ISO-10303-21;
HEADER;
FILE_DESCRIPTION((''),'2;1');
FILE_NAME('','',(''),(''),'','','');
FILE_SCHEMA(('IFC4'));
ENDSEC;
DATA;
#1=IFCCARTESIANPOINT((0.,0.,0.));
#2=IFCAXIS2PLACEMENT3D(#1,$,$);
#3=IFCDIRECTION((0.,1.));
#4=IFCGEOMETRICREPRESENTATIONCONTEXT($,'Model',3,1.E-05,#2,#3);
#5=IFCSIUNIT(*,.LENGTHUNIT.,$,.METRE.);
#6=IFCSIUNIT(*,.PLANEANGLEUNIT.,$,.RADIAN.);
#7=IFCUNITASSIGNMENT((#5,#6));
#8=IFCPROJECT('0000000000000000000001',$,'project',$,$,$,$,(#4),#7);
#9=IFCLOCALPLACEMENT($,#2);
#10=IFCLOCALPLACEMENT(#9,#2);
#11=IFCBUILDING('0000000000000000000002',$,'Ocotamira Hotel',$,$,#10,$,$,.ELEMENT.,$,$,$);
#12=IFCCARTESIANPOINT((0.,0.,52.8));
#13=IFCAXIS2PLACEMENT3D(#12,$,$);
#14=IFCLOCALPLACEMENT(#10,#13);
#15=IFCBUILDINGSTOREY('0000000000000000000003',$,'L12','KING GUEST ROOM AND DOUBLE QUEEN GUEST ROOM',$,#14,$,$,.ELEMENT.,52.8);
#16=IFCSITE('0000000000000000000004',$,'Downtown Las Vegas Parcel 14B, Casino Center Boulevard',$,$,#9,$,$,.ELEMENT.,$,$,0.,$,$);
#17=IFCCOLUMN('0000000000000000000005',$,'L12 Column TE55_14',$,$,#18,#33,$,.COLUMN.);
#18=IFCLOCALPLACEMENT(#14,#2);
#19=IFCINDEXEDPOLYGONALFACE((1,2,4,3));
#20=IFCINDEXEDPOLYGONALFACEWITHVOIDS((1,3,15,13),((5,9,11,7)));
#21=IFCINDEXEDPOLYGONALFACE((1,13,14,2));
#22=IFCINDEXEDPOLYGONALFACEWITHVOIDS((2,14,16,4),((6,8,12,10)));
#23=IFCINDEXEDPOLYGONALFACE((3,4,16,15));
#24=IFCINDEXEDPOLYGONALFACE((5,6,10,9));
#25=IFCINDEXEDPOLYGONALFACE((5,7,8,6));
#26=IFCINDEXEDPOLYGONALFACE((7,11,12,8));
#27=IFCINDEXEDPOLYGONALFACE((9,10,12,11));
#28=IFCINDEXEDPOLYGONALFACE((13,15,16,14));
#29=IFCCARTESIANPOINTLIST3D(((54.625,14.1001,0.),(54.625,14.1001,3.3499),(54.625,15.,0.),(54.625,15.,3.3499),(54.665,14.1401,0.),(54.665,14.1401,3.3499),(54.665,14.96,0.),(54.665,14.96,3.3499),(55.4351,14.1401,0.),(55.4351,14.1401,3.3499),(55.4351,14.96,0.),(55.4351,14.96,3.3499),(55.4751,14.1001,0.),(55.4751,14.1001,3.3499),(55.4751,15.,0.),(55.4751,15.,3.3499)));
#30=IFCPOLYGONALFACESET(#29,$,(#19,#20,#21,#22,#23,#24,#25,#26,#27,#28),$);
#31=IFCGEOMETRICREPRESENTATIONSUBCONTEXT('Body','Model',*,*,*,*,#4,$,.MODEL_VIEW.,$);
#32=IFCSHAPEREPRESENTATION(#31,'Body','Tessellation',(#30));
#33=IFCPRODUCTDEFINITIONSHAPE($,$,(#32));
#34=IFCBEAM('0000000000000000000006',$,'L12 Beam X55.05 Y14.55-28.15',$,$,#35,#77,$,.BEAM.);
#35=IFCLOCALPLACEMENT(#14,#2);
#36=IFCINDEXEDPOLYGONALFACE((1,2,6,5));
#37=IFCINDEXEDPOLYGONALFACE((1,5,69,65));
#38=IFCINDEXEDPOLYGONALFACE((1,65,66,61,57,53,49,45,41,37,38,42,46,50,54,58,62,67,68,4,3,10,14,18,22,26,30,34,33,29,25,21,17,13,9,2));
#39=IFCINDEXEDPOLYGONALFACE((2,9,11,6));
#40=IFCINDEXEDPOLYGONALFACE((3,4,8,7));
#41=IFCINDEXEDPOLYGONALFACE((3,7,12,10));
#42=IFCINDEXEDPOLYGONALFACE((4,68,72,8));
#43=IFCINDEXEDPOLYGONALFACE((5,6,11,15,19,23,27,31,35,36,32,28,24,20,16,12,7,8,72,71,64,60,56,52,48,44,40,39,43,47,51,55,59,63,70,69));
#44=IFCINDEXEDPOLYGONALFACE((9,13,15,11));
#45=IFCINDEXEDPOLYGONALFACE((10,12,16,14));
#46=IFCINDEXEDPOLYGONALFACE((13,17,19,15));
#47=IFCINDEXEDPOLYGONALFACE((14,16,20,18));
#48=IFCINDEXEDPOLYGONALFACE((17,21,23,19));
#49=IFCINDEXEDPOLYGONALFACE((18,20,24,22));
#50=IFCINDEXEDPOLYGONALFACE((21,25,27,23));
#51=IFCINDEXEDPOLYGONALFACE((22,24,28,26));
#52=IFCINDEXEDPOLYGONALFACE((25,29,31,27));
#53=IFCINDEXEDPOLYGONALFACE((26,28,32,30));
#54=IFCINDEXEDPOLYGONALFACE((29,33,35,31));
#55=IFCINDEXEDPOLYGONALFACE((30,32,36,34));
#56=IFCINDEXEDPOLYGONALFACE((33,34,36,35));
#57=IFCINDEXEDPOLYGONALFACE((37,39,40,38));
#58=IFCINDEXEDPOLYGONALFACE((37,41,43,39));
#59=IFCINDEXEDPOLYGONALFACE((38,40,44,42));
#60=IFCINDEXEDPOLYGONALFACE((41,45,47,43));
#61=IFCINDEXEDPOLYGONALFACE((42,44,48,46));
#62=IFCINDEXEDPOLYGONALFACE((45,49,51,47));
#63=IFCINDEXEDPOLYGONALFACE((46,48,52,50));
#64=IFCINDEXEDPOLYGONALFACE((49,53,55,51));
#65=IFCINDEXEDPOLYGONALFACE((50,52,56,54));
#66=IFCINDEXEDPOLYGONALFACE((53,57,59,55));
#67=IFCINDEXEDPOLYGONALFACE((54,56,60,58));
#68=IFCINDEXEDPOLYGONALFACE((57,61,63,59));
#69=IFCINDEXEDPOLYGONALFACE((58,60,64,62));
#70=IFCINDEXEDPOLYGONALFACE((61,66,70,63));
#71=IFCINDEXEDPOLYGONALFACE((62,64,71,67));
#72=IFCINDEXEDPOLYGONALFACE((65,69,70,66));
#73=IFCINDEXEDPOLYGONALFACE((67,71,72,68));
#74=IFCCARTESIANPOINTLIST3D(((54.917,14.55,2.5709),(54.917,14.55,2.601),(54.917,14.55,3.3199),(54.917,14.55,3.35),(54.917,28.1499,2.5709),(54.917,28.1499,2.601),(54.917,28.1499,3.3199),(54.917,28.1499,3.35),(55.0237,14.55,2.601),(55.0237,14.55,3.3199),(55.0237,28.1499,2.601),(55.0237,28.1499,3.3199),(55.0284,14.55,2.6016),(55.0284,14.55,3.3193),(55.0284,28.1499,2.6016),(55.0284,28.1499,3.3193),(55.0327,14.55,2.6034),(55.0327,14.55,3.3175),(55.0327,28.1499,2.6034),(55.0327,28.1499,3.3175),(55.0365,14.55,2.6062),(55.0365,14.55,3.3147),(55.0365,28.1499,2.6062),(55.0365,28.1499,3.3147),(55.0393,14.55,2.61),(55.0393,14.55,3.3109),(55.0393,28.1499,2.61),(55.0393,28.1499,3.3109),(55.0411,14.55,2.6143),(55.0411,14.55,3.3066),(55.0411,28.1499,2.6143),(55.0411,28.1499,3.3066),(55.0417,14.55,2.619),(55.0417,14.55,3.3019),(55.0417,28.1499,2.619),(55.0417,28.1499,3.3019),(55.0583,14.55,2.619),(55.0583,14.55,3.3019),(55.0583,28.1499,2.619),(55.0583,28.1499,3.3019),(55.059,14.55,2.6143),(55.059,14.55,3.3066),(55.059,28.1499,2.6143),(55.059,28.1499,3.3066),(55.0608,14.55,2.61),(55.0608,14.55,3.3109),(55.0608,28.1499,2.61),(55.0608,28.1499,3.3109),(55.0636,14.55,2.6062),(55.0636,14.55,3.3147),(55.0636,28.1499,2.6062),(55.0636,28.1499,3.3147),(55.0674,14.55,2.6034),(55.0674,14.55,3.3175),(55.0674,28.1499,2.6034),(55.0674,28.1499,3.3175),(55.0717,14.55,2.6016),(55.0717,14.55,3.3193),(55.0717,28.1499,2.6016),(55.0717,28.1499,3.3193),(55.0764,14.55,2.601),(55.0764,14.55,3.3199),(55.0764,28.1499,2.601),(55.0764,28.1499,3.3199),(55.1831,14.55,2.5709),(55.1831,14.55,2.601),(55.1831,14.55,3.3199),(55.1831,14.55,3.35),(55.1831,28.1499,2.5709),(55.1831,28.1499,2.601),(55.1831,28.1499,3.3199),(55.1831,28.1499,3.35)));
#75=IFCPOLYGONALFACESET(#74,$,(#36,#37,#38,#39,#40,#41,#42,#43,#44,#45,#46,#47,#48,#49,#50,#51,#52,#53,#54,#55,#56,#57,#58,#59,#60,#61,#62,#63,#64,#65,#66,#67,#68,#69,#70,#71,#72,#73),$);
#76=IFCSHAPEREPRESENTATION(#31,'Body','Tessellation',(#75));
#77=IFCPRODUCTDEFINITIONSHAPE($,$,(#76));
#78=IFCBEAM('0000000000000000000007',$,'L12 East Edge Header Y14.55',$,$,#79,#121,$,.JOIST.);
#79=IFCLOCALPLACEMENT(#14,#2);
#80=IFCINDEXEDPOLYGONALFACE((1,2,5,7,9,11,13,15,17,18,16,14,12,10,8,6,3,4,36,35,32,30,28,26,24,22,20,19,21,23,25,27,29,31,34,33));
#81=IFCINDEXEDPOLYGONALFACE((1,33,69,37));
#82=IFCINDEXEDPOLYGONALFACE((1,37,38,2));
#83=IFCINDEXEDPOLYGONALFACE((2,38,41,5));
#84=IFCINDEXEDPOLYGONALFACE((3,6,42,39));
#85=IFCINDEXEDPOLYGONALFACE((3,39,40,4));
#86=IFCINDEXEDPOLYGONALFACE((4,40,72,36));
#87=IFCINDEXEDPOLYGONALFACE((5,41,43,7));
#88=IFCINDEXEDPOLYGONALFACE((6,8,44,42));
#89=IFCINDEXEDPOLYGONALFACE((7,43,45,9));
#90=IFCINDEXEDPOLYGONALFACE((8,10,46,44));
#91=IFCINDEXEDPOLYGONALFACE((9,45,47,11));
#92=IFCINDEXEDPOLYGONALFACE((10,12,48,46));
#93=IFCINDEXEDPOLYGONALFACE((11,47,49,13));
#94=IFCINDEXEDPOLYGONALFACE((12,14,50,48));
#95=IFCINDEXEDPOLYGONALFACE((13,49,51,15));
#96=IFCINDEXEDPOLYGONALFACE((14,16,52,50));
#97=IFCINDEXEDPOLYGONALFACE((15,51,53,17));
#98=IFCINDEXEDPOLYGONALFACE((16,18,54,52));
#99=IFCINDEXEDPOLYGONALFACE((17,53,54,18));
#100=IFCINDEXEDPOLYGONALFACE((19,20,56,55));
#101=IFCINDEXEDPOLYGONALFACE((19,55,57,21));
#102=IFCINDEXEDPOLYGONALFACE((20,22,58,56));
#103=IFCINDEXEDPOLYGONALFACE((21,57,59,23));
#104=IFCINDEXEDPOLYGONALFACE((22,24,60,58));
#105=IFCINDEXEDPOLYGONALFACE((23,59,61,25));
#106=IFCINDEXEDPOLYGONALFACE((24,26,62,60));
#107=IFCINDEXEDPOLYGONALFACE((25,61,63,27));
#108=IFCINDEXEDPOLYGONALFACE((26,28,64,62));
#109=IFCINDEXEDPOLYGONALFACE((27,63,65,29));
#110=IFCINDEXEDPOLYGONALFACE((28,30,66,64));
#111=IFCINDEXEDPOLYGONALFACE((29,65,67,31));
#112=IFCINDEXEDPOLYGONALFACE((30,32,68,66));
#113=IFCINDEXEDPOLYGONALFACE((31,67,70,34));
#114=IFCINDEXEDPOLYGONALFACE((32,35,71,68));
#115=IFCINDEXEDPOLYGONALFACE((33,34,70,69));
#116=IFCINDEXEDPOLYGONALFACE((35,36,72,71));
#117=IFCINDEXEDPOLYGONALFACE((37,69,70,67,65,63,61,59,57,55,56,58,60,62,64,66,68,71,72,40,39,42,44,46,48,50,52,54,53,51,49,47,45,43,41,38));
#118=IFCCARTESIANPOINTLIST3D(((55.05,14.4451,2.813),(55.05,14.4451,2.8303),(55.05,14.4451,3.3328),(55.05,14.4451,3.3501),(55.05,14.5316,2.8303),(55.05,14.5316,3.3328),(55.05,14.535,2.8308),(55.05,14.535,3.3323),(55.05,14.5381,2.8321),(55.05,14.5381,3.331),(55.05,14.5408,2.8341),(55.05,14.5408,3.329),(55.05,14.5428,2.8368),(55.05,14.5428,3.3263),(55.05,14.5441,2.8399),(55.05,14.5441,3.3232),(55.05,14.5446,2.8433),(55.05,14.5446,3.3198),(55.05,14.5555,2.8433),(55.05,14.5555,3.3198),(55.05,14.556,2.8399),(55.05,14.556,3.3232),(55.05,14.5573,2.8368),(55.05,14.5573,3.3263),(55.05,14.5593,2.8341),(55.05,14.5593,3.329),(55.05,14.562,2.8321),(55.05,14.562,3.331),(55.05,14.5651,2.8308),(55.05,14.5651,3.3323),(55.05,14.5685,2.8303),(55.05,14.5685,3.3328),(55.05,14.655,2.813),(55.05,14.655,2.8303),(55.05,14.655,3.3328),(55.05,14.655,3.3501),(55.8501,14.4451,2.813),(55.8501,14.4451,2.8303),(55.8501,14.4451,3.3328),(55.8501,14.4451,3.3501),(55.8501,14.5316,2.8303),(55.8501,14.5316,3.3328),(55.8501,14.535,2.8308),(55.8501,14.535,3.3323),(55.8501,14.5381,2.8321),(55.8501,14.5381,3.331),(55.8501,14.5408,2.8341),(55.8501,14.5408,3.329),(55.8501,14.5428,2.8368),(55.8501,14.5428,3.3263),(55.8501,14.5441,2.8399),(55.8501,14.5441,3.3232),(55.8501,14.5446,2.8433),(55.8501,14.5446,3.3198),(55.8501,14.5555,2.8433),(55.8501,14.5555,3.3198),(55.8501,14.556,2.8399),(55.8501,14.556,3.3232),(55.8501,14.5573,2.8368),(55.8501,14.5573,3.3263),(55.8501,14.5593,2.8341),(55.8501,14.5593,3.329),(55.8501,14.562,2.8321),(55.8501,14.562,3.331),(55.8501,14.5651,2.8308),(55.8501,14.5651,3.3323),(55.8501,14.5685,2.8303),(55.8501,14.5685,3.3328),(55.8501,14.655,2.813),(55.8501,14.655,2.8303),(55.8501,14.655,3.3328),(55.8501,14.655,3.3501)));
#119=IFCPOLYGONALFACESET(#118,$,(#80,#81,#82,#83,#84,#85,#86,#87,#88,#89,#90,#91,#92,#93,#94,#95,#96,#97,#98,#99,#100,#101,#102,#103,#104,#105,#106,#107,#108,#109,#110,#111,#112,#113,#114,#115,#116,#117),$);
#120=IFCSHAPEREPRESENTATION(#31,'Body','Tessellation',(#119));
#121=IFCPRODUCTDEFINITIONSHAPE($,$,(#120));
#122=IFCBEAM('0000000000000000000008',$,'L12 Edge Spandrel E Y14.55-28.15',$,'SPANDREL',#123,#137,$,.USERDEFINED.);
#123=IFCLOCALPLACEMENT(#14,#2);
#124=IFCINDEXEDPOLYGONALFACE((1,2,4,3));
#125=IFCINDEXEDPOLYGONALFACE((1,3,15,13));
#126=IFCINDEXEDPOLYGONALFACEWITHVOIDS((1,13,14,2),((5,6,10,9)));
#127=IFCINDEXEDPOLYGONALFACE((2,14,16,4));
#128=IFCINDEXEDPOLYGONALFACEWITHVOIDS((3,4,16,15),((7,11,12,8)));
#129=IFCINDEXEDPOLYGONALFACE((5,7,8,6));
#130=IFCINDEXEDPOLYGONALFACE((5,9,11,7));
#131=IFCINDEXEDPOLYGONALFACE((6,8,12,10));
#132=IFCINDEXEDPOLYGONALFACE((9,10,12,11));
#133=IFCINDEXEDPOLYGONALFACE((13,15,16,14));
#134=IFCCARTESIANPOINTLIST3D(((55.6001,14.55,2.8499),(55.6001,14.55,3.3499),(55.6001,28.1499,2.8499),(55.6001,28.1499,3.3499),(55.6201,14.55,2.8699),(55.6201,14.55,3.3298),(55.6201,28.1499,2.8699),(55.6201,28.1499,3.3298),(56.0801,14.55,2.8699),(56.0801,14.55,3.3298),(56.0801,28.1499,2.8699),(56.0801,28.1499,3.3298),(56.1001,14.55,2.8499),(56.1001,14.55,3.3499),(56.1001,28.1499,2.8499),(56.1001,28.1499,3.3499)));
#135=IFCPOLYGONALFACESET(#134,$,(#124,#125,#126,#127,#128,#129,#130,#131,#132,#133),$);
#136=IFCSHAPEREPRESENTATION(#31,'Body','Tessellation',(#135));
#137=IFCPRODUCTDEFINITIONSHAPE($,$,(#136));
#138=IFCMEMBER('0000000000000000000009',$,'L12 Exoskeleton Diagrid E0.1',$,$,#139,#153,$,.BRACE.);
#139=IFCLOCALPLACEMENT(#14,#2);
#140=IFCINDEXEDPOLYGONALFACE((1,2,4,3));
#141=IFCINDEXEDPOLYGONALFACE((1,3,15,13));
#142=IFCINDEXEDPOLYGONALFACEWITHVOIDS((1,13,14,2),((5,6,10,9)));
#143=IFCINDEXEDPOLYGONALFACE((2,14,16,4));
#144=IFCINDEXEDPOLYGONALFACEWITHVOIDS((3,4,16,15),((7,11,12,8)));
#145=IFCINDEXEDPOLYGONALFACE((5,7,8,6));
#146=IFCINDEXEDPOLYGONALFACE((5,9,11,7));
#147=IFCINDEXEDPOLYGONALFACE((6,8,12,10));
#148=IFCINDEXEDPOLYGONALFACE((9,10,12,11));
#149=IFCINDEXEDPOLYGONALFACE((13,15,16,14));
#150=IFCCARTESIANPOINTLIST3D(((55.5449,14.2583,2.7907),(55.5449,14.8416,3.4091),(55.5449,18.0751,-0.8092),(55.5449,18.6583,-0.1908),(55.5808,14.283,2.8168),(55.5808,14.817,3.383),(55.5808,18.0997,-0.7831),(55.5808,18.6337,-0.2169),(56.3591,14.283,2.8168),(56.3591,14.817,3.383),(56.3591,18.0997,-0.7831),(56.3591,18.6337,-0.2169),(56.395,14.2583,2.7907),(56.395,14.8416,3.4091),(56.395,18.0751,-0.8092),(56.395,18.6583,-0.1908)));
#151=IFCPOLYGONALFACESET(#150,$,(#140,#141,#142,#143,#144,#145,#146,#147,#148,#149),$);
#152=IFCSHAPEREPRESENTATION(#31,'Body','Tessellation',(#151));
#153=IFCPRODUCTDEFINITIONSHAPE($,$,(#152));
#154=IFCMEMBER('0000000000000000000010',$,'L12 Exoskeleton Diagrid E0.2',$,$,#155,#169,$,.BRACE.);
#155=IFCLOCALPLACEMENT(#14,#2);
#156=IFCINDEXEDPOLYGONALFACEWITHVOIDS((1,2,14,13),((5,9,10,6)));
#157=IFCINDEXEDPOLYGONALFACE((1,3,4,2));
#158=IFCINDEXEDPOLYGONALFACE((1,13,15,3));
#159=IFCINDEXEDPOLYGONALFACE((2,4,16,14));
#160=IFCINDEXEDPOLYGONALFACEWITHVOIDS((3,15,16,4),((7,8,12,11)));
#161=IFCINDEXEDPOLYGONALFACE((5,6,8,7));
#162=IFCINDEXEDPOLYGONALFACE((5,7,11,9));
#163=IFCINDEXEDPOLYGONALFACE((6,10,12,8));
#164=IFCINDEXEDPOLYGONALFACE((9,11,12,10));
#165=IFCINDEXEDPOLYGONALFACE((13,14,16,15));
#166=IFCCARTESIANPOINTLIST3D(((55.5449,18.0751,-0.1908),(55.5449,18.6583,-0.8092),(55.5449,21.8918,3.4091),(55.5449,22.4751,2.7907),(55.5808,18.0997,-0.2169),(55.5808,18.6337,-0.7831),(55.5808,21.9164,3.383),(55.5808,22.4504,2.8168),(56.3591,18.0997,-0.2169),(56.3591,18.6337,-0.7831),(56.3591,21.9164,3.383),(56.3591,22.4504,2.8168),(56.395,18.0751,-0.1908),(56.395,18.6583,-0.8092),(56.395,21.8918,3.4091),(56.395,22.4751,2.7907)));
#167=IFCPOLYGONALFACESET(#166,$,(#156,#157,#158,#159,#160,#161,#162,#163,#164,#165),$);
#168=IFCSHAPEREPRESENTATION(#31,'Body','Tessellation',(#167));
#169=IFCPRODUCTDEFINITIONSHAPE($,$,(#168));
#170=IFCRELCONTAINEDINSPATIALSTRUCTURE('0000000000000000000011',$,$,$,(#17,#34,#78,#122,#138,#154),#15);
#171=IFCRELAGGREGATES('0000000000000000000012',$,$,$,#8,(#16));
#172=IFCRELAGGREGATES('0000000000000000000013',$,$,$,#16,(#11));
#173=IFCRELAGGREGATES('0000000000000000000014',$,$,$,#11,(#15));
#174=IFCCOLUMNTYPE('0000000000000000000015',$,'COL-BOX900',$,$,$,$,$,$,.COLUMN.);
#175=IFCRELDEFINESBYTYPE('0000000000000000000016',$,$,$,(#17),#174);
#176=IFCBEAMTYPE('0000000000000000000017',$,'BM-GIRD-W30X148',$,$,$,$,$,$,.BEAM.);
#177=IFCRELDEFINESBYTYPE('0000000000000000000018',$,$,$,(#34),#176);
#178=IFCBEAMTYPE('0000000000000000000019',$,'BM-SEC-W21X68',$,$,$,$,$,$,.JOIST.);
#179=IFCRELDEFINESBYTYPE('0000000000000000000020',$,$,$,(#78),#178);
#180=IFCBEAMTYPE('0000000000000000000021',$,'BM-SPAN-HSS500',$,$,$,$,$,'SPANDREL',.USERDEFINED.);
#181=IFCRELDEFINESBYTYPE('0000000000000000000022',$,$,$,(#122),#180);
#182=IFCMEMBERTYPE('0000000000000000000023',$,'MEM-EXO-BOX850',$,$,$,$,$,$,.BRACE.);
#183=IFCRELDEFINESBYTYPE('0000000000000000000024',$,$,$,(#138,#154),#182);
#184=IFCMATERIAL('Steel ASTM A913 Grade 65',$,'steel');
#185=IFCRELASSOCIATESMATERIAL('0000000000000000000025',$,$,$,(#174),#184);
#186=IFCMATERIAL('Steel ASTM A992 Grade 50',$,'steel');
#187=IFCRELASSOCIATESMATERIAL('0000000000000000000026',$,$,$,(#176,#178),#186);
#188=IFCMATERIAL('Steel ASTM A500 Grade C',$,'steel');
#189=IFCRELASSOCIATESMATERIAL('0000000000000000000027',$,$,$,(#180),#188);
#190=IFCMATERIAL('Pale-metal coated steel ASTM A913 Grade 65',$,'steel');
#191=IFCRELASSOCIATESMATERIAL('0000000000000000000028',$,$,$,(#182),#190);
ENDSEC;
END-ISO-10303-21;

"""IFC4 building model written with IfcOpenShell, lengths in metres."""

from ifc_helpers import new_model, si_unit, direction, frame, origin, origin_2d, place, context, subcontext, project, spatial, hollow_rectangle, i_section, extrude, source, transform, mapped, material, material_profile, profile_set, type_object, element, save


model = new_model("IFC4")

# Units and contexts
model_context = context("Model", 3, precision=1e-05, world=origin(), true_north=direction((0.0, 1.0)))
body_context = subcontext(model_context, "Body", "Model", "MODEL_VIEW")
ifc_project = project(units=[si_unit("LENGTHUNIT", "METRE"), si_unit("PLANEANGLEUNIT", "RADIAN")], contexts=[model_context])

# Site, building, storey
site_placement = place(None, origin())
site = spatial("IfcSite", under=ifc_project, at=site_placement, Name="Downtown Las Vegas Parcel 14B, Casino Center Boulevard", CompositionType="ELEMENT", RefElevation=0.0)
building_placement = place(site_placement, origin())
building = spatial("IfcBuilding", under=site, at=building_placement, Name="Ocotamira Hotel", CompositionType="ELEMENT")
storey_placement = place(building_placement, frame((0.0, 0.0, 52.8)))
storey = spatial("IfcBuildingStorey", under=building, at=storey_placement, Name="L12", Description="KING GUEST ROOM AND DOUBLE QUEEN GUEST ROOM", CompositionType="ELEMENT", Elevation=52.8)

# Column
ifc_material_1 = material(Name="Steel ASTM A913 Grade 65", Category="steel")
ifc_material_profile_1 = material_profile(ifc_material_1, hollow_rectangle(XDim=0.8501, YDim=0.8999, WallThickness=0.04, at=origin_2d()), Name="BOX900X850X40")
ifc_profile_set_1 = profile_set([ifc_material_profile_1], Name="Steel ASTM A913 Grade 65")
column_type = type_object("IfcColumnType", Name="COL-BOX900", PredefinedType="COLUMN", material=ifc_profile_set_1)
shared_shape_1 = source(origin(), body_context, "Body", "SweptSolid", [
    extrude(hollow_rectangle(XDim=0.8501, YDim=0.8999, WallThickness=0.04, at=origin_2d()), origin(), (0.0, 0.0, 1.0), 3.3499),
])
column_placement = place(storey_placement, frame((55.05, 14.55, 0.0), z_axis=(0.0, 0.0, 1.0), x_axis=(1.0, 0.0, 0.0)))
element("IfcColumn", 1, at=column_placement, inside=storey, type_object=column_type, Name="L12 Column TE55_14", PredefinedType="COLUMN", context=body_context, shape_type="MappedRepresentation", body=[
    mapped(shared_shape_1, transform((0.0, 0.0, 0.0), scale=1.0)),
])

# Beams
ifc_material_2 = material(Name="Steel ASTM A992 Grade 50", Category="steel")
ifc_material_profile_2 = material_profile(ifc_material_2, i_section(OverallWidth=0.2661, OverallDepth=0.7791, WebThickness=0.0166, FlangeThickness=0.03, FilletRadius=0.0181, at=origin_2d()), Name="W30X148")
ifc_profile_set_2 = profile_set([ifc_material_profile_2], Name="Steel ASTM A992 Grade 50")
beam_type_1 = type_object("IfcBeamType", Name="BM-GIRD-W30X148", PredefinedType="BEAM", material=ifc_profile_set_2)
shared_shape_2 = source(origin(), body_context, "Body", "SweptSolid", [
    extrude(i_section(OverallWidth=0.2661, OverallDepth=0.7791, WebThickness=0.0166, FlangeThickness=0.03, FilletRadius=0.0181, at=origin_2d()), origin(), (0.0, 0.0, 1.0), 13.5999),
])
beam_1_placement = place(storey_placement, frame((55.05, 14.55, 2.9604), z_axis=(0.0, 1.0, 0.0), x_axis=(-1.0, 0.0, 0.0)))
element("IfcBeam", 2, at=beam_1_placement, inside=storey, type_object=beam_type_1, Name="L12 Beam X55.05 Y14.55-28.15", PredefinedType="BEAM", context=body_context, shape_type="MappedRepresentation", body=[
    mapped(shared_shape_2, transform((0.0, 0.0, 0.0), scale=1.0)),
])
ifc_material_profile_3 = material_profile(ifc_material_2, i_section(OverallWidth=0.21, OverallDepth=0.5371, WebThickness=0.011, FlangeThickness=0.0173, FilletRadius=0.0129, at=origin_2d()), Name="W21X68")
ifc_profile_set_3 = profile_set([ifc_material_profile_3], Name="Steel ASTM A992 Grade 50")
beam_type_2 = type_object("IfcBeamType", Name="BM-SEC-W21X68", PredefinedType="JOIST", material=ifc_profile_set_3)
shared_shape_3 = source(origin(), body_context, "Body", "SweptSolid", [
    extrude(i_section(OverallWidth=0.21, OverallDepth=0.5371, WebThickness=0.011, FlangeThickness=0.0173, FilletRadius=0.0129, at=origin_2d()), origin(), (0.0, 0.0, 1.0), 0.8),
])
beam_2_placement = place(storey_placement, frame((55.05, 14.55, 3.0815), z_axis=(1.0, 0.0, 0.0), x_axis=(0.0, 1.0, 0.0)))
element("IfcBeam", 3, at=beam_2_placement, inside=storey, type_object=beam_type_2, Name="L12 East Edge Header Y14.55", PredefinedType="JOIST", context=body_context, shape_type="MappedRepresentation", body=[
    mapped(shared_shape_3, transform((0.0, 0.0, 0.0), scale=1.0)),
])
ifc_material_3 = material(Name="Steel ASTM A500 Grade C", Category="steel")
ifc_material_profile_4 = material_profile(ifc_material_3, hollow_rectangle(XDim=0.5, YDim=0.5, WallThickness=0.02, at=origin_2d()), Name="HSS500X500X20")
ifc_profile_set_4 = profile_set([ifc_material_profile_4], Name="Steel ASTM A500 Grade C")
beam_type_3 = type_object("IfcBeamType", Name="BM-SPAN-HSS500", ElementType="SPANDREL", PredefinedType="USERDEFINED", material=ifc_profile_set_4)
shared_shape_4 = source(origin(), body_context, "Body", "SweptSolid", [
    extrude(hollow_rectangle(XDim=0.5, YDim=0.5, WallThickness=0.02, at=origin_2d()), origin(), (0.0, 0.0, 1.0), 13.5999),
])
beam_3_placement = place(storey_placement, frame((55.8501, 14.55, 3.0999), z_axis=(0.0, 1.0, 0.0), x_axis=(-1.0, 0.0, 0.0)))
element("IfcBeam", 4, at=beam_3_placement, inside=storey, type_object=beam_type_3, Name="L12 Edge Spandrel E Y14.55-28.15", ObjectType="SPANDREL", PredefinedType="USERDEFINED", context=body_context, shape_type="MappedRepresentation", body=[
    mapped(shared_shape_4, transform((0.0, 0.0, 0.0), scale=1.0)),
])

# Members
ifc_material_4 = material(Name="Pale-metal coated steel ASTM A913 Grade 65", Category="steel")
ifc_material_profile_5 = material_profile(ifc_material_4, hollow_rectangle(XDim=0.8501, YDim=0.8501, WallThickness=0.0359, at=origin_2d()), Name="BOX850X850X36")
ifc_profile_set_5 = profile_set([ifc_material_profile_5], Name="Pale-metal coated steel ASTM A913 Grade 65")
member_type_1 = type_object("IfcMemberType", Name="MEM-EXO-BOX850", PredefinedType="BRACE", material=ifc_profile_set_5)
shared_shape_5 = source(origin(), body_context, "Body", "SweptSolid", [
    extrude(hollow_rectangle(XDim=0.8501, YDim=0.8501, WallThickness=0.0359, at=origin_2d()), origin(), (0.0, 0.0, 1.0), 5.2466),
])
for number, where, z_axis, x_axis, name in (
    (5, (55.97, 18.3667, -0.5), (0.0, -0.727466, 0.686144), (1.0, 0.0, 0.0), "L12 Exoskeleton Diagrid E0.1"),
    (6, (55.97, 18.3667, -0.5), (0.0, 0.727466, 0.686144), (-1.0, 0.0, 0.0), "L12 Exoskeleton Diagrid E0.2"),
):
    element("IfcMember", number, at=place(storey_placement, frame(where, z_axis=z_axis, x_axis=x_axis)), inside=storey, type_object=member_type_1, Name=name, PredefinedType="BRACE", context=body_context, shape_type="MappedRepresentation", body=[
        mapped(shared_shape_5, transform((0.0, 0.0, 0.0), scale=1.0)),
    ])

save(model, "model.ifc")
